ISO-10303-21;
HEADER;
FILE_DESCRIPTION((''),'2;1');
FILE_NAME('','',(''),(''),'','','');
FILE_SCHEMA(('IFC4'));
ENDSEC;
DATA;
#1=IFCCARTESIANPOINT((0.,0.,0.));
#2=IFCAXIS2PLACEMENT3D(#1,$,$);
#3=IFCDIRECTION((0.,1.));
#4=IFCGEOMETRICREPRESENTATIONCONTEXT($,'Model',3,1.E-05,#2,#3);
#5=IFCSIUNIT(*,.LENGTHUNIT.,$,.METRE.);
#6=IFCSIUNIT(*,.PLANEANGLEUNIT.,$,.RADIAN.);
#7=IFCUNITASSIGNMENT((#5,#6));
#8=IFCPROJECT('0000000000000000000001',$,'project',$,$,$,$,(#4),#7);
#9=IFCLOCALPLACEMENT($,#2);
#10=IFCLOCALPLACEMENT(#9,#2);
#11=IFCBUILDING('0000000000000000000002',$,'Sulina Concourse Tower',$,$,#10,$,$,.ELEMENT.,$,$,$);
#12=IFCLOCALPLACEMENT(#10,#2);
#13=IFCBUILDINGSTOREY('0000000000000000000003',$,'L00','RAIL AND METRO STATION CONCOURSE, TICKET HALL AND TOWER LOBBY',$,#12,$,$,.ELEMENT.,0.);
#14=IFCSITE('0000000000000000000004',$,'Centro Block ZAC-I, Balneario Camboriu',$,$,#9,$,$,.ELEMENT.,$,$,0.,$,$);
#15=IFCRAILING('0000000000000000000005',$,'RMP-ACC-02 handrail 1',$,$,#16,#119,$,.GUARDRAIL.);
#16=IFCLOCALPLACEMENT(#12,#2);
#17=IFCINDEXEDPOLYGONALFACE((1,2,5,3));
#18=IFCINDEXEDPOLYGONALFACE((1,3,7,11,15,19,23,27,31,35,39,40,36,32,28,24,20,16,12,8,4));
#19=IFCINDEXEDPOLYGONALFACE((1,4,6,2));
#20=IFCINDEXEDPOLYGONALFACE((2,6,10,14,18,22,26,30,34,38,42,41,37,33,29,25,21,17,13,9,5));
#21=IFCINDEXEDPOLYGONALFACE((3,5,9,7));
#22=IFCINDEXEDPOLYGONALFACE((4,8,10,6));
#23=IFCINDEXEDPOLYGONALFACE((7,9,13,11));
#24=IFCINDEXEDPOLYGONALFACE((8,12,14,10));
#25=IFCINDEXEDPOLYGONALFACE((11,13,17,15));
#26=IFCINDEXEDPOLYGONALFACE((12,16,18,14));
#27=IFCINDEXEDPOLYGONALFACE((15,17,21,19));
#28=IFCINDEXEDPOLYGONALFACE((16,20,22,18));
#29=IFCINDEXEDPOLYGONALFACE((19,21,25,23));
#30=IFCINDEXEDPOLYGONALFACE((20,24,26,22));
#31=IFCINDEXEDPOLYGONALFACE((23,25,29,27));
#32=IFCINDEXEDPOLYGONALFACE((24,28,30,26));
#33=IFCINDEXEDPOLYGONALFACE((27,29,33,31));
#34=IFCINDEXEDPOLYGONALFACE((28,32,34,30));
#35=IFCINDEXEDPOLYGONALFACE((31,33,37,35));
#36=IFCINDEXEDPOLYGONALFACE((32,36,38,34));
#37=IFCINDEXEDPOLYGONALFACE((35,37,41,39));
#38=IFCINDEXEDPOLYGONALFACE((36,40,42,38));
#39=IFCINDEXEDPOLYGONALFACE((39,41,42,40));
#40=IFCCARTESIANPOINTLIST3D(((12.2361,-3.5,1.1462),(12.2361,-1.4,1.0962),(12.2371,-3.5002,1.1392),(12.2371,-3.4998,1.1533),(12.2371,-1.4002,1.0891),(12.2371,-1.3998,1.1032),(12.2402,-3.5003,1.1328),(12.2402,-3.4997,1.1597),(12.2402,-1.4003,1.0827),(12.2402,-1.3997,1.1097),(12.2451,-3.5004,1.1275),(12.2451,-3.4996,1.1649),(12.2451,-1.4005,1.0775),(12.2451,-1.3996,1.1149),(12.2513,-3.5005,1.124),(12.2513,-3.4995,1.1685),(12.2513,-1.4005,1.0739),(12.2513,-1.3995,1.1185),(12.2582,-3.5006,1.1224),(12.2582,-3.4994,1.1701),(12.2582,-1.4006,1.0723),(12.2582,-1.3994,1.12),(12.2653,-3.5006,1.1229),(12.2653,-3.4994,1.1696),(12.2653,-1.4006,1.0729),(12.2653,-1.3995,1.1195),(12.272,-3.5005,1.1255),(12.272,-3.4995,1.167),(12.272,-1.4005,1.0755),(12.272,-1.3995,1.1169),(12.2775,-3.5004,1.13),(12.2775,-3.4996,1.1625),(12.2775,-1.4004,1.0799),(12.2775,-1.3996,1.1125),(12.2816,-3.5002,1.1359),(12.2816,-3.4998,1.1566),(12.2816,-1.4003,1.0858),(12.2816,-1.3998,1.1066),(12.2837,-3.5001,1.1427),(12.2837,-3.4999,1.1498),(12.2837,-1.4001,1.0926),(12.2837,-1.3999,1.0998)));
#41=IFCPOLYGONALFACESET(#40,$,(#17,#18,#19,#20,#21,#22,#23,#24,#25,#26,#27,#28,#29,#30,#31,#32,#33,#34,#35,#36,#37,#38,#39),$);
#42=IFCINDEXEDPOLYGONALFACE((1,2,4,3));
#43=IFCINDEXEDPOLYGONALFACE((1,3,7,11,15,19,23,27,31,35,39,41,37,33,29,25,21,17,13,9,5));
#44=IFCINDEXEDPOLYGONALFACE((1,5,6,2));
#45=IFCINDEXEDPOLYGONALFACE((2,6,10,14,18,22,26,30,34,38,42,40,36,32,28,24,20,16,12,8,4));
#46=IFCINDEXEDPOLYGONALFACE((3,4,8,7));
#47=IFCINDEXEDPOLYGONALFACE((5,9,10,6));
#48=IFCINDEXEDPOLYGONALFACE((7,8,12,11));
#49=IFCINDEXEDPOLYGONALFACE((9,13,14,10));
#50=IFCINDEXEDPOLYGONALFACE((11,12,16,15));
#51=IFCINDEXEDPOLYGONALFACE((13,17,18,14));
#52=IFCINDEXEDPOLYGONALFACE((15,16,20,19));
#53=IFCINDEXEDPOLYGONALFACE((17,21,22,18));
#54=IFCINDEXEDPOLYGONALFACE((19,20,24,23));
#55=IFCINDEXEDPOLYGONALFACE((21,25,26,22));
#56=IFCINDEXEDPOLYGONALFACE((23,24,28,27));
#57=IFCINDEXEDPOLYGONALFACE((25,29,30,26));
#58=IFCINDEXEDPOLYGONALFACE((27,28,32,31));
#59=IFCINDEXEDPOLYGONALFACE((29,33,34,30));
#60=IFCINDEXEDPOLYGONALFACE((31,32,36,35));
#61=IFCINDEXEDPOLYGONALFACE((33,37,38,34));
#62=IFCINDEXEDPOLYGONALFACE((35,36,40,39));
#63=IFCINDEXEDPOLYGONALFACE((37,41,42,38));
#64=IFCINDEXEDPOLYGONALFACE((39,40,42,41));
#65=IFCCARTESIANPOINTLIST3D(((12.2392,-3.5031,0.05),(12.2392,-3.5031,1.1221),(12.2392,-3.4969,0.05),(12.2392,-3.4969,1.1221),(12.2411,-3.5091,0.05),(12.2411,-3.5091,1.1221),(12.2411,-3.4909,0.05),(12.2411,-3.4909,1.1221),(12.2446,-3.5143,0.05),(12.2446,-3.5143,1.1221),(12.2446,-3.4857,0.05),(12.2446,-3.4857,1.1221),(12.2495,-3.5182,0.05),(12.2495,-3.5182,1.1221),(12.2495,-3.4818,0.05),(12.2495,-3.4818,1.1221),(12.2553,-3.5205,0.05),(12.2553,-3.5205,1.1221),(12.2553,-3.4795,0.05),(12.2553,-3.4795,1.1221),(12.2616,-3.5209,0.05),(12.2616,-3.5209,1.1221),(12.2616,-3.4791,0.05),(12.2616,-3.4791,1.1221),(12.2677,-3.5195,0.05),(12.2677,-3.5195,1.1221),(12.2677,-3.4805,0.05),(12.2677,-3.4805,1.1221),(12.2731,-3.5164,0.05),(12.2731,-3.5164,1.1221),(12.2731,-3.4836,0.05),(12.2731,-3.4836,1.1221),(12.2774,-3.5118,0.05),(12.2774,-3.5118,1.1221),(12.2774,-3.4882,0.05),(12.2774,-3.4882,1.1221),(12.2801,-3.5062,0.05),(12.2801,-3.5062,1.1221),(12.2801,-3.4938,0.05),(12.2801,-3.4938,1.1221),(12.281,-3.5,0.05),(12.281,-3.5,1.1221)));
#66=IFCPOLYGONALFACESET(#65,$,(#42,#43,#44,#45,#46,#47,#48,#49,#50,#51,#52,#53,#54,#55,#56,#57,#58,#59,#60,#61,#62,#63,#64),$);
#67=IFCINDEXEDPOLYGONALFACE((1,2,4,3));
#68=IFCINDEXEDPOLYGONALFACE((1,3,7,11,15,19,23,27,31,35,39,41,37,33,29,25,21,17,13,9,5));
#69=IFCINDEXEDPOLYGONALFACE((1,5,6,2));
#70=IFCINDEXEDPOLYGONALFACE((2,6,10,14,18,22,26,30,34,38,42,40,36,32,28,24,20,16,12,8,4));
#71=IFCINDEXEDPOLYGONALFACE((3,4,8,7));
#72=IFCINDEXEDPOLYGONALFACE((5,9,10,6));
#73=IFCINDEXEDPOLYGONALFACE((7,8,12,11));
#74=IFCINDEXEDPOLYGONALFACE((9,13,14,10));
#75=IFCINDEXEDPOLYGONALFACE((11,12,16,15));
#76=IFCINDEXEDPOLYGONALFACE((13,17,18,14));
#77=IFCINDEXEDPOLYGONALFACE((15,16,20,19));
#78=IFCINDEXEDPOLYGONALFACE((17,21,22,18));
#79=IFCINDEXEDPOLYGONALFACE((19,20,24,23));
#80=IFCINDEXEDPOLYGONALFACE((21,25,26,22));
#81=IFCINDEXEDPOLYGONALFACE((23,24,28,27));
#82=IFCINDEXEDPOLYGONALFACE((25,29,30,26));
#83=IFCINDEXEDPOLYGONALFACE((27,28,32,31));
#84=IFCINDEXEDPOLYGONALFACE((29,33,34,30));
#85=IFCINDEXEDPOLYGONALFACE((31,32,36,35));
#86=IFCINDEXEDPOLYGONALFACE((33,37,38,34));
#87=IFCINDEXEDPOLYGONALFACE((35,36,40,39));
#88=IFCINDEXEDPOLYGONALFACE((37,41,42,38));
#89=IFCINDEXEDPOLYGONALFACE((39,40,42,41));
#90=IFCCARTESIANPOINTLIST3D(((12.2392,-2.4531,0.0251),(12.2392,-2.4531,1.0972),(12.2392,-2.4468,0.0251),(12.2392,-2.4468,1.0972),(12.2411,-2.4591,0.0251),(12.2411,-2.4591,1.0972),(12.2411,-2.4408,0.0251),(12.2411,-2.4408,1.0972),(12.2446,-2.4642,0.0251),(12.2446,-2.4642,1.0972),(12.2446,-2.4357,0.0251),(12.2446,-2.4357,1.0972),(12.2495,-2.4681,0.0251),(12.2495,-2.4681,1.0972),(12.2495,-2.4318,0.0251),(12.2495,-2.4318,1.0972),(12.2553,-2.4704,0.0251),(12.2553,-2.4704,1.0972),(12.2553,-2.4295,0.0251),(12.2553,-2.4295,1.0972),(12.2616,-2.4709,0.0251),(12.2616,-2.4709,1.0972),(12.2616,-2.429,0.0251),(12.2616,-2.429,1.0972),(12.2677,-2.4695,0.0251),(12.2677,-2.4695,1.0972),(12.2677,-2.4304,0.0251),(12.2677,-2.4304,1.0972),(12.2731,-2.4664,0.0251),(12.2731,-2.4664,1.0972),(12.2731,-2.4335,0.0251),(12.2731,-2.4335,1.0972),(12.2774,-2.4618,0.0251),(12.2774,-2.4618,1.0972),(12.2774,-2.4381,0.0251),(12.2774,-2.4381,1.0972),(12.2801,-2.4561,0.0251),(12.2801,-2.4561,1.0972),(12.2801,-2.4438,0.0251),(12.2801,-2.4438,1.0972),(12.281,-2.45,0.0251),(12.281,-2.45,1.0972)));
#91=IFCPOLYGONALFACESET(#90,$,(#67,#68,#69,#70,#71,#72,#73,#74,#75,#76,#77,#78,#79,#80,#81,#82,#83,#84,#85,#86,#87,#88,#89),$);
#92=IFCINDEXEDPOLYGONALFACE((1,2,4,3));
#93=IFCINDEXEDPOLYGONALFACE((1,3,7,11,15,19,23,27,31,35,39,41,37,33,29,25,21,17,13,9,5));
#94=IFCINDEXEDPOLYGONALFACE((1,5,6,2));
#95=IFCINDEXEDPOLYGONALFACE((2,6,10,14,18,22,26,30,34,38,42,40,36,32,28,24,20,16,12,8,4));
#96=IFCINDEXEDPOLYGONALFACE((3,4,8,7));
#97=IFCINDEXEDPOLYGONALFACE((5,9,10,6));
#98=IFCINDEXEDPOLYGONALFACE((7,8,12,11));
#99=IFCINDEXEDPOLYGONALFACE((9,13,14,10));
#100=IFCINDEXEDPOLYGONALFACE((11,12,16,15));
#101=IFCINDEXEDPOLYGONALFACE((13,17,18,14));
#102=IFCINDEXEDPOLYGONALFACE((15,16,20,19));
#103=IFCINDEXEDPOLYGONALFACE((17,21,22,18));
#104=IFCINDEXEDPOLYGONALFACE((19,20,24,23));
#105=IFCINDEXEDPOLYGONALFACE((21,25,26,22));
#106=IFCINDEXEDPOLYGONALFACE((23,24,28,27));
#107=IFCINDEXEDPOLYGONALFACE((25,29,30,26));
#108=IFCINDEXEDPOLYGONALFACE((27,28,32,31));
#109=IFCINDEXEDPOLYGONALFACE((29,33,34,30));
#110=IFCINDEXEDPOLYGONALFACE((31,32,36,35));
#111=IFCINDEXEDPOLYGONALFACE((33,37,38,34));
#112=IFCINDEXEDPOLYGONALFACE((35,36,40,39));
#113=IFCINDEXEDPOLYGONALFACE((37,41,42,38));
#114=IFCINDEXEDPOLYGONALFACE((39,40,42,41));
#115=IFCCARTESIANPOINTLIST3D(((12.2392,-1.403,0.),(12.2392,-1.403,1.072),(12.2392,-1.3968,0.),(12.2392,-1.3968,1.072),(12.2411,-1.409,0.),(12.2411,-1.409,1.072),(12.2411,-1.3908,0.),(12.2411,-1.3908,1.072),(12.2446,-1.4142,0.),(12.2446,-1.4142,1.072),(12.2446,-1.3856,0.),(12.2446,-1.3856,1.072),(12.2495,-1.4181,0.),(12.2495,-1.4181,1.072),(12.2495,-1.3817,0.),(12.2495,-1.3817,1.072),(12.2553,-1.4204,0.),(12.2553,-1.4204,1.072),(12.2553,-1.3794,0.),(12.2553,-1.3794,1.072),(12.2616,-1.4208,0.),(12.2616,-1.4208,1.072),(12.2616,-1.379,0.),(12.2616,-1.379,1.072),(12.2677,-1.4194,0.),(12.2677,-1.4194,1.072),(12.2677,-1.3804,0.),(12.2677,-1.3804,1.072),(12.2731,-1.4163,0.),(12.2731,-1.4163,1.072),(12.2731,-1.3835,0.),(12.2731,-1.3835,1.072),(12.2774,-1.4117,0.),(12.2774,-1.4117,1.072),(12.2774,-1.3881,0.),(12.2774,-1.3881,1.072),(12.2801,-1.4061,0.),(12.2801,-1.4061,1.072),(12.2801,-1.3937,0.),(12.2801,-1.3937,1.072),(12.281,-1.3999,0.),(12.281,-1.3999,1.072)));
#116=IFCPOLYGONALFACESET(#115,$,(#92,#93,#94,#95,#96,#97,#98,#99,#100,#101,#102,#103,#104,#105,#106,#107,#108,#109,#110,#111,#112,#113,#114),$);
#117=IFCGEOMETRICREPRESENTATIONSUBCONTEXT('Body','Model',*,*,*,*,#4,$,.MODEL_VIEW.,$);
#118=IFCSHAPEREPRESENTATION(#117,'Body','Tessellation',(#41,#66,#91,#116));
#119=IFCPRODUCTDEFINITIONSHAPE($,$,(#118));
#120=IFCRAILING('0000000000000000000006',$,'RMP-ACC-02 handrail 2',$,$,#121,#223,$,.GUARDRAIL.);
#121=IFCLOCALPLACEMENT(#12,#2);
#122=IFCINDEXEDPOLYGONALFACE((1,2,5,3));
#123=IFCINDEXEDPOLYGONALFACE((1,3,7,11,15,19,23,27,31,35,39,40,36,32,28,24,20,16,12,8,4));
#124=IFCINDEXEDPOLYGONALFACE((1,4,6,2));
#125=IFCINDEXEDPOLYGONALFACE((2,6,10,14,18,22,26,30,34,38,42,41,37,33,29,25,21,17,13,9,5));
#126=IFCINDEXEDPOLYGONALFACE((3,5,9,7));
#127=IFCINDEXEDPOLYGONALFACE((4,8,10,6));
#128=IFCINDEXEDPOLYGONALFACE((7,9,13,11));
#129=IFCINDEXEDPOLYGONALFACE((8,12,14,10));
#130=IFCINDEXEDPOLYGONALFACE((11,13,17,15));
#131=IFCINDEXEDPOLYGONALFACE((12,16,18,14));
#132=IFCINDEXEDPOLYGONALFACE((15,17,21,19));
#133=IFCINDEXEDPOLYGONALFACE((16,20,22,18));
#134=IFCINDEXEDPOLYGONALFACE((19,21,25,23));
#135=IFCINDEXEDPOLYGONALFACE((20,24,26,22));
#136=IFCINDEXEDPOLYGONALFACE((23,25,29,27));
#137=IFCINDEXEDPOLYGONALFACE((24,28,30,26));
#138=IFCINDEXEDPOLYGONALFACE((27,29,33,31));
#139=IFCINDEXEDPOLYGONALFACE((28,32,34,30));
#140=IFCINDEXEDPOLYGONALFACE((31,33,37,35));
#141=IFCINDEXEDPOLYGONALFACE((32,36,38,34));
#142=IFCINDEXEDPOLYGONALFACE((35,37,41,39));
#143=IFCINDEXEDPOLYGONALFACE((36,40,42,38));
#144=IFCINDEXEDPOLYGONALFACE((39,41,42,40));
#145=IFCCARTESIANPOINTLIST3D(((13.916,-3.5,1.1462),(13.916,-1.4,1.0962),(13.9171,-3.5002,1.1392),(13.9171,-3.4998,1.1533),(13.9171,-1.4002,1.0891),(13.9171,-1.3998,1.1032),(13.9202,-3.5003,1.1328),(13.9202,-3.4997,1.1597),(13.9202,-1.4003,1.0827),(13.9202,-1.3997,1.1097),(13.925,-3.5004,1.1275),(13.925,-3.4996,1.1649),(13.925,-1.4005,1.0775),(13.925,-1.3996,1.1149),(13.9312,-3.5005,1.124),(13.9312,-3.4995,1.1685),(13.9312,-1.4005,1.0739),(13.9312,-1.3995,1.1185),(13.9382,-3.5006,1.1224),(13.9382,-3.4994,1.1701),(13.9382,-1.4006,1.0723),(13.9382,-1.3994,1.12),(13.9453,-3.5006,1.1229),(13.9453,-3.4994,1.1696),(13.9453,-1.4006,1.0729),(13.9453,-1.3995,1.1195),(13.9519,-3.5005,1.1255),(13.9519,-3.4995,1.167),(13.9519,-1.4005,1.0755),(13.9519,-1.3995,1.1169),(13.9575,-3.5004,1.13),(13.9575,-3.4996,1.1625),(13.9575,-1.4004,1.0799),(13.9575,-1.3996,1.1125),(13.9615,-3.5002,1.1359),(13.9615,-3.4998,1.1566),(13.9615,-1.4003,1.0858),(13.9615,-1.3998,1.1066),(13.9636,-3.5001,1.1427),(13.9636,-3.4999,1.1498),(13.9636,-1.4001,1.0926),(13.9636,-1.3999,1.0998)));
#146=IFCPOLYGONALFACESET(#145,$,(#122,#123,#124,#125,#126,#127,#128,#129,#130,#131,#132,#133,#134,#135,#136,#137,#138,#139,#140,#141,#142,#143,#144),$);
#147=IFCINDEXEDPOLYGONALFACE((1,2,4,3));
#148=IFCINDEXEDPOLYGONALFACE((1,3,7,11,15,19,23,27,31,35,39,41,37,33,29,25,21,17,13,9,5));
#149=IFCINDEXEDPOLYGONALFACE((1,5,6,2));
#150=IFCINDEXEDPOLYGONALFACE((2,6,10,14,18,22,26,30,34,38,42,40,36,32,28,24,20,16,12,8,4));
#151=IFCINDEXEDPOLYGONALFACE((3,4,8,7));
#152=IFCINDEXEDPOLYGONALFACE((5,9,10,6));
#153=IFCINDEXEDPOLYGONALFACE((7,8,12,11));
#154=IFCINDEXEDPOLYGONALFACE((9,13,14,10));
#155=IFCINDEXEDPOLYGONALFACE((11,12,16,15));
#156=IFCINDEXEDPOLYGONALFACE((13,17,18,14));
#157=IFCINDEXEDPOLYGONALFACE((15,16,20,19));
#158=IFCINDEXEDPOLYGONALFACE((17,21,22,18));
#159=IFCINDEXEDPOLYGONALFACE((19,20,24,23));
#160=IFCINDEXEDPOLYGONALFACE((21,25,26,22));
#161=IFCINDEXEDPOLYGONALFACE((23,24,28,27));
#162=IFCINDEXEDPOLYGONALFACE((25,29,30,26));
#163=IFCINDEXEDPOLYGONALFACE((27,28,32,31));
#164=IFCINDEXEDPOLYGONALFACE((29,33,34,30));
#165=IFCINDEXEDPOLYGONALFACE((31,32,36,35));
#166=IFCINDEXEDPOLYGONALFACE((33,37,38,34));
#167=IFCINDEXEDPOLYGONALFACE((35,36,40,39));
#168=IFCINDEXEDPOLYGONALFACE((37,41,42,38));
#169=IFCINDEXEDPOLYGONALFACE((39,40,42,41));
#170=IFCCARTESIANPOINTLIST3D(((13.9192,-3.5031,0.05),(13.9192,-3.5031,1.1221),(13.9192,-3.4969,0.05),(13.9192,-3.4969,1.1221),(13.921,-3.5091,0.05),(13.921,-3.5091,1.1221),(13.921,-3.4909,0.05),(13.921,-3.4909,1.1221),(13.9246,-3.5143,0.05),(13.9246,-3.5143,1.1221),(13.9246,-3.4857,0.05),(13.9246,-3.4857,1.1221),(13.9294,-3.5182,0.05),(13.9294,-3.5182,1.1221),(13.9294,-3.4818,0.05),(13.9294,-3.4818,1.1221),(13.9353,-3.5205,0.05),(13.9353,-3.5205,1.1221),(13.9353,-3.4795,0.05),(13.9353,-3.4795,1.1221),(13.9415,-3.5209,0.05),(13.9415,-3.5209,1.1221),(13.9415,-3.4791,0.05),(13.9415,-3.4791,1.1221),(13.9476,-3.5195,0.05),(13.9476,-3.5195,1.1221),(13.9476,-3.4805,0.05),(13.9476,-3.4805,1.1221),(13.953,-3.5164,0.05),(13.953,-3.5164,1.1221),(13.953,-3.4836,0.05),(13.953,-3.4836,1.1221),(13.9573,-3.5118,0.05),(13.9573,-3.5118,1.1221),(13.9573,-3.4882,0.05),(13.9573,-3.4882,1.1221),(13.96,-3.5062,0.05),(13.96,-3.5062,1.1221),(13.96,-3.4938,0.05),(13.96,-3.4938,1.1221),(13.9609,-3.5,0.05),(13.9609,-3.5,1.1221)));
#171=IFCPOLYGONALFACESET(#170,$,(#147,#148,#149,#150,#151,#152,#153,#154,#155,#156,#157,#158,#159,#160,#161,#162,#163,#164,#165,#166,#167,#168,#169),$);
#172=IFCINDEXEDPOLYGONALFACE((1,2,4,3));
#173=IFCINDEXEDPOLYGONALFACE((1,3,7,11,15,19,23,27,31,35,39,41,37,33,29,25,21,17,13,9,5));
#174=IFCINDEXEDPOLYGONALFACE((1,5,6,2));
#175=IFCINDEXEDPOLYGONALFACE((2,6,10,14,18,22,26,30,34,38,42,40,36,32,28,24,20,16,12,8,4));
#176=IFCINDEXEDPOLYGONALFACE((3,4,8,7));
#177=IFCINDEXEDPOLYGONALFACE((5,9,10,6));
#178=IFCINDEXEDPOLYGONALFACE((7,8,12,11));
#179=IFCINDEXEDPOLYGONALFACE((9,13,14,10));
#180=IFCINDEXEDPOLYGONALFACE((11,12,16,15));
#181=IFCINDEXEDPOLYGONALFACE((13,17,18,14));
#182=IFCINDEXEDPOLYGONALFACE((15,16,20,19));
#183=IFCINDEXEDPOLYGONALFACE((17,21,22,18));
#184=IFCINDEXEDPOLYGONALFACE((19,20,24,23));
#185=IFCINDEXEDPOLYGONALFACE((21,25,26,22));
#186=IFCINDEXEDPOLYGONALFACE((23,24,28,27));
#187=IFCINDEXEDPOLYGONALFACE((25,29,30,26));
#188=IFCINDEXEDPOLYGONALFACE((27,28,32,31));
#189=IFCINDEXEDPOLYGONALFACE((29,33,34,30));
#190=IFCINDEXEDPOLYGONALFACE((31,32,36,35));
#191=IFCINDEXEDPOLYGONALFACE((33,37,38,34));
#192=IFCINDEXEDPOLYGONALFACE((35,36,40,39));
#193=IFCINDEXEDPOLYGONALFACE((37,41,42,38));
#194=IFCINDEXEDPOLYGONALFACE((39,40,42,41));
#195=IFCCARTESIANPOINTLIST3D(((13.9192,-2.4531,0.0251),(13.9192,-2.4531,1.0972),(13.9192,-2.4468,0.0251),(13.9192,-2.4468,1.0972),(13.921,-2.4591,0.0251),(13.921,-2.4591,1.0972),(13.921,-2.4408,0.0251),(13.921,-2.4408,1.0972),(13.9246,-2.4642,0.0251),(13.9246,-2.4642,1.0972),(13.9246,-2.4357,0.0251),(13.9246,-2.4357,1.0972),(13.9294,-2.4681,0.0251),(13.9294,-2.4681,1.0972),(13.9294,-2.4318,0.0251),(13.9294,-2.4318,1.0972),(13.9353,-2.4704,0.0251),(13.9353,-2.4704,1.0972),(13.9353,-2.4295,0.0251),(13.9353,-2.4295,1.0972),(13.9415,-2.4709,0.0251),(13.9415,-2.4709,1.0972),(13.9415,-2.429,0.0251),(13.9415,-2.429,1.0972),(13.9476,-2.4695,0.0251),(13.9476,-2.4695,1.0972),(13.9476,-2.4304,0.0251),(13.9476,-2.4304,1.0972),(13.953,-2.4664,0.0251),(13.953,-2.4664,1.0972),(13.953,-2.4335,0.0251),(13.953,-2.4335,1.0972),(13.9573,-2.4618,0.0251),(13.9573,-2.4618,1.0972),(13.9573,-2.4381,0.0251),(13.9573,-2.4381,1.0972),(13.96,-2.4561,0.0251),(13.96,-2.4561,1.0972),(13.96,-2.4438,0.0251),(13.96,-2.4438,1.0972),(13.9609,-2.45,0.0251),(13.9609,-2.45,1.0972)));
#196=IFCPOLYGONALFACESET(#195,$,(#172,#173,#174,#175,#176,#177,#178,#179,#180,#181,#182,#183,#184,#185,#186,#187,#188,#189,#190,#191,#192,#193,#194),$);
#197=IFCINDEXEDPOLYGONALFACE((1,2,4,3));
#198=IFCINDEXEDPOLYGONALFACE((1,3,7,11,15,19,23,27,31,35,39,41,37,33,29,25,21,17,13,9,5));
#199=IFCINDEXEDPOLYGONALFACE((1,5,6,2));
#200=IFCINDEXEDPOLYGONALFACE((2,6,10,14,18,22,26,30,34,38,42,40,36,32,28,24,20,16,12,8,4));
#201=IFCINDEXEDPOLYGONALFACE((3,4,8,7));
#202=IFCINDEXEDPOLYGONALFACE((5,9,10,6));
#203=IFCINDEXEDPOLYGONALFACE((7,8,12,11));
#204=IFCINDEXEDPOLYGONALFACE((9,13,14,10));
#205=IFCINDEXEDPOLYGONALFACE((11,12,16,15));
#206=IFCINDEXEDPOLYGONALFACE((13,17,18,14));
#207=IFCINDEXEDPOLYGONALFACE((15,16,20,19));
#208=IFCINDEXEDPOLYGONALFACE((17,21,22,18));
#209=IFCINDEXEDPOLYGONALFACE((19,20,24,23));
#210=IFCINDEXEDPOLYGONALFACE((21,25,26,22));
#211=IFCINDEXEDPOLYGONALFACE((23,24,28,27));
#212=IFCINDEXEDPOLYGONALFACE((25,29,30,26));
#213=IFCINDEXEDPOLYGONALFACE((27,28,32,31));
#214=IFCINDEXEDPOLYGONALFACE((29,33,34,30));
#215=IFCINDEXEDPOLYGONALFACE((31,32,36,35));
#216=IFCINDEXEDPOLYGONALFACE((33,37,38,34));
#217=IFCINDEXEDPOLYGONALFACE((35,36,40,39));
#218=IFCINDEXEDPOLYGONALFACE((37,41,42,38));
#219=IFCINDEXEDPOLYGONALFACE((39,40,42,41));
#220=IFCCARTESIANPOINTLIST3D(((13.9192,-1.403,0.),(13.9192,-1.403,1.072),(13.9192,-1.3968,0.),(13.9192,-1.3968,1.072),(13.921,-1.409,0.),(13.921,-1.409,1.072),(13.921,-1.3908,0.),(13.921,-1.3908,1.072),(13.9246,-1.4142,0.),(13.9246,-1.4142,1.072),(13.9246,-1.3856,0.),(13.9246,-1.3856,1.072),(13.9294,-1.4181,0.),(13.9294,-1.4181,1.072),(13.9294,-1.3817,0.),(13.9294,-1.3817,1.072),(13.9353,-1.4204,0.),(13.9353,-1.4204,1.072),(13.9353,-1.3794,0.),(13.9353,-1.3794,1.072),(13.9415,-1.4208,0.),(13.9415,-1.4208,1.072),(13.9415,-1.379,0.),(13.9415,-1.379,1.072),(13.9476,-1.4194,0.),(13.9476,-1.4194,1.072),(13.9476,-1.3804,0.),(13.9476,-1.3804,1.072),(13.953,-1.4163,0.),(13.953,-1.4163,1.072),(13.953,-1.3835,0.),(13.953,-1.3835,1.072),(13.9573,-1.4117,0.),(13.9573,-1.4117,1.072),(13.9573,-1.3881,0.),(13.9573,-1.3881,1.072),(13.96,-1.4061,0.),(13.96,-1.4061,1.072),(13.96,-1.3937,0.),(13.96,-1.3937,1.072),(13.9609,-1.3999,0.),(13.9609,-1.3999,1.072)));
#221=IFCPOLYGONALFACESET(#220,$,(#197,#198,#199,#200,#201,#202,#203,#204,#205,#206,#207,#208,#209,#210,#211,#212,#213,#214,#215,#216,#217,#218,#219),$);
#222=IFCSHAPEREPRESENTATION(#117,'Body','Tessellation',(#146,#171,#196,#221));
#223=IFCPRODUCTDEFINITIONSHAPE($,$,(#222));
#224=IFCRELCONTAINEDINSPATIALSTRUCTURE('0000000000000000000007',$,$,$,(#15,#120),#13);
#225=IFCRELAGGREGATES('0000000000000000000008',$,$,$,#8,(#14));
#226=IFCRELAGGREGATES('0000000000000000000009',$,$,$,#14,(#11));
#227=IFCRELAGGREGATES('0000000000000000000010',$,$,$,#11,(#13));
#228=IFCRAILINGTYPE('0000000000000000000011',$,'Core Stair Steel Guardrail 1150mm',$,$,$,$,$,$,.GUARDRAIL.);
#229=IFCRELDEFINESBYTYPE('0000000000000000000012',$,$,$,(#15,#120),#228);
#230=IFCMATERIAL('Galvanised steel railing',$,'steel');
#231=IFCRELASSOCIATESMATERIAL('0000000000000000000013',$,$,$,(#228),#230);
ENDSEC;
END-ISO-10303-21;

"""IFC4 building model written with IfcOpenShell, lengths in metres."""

from ifc_helpers import new_model, si_unit, direction, frame, origin, origin_2d, place, context, subcontext, project, spatial, circle, extrude, material, type_object, element, save


model = new_model("IFC4")

# Units and contexts
model_context = context("Model", 3, precision=1e-05, world=origin(), true_north=direction((0.0, 1.0)))
body_context = subcontext(model_context, "Body", "Model", "MODEL_VIEW")
ifc_project = project(units=[si_unit("LENGTHUNIT", "METRE"), si_unit("PLANEANGLEUNIT", "RADIAN")], contexts=[model_context])

# Site, building, storey
site_placement = place(None, origin())
site = spatial("IfcSite", under=ifc_project, at=site_placement, Name="Centro Block ZAC-I, Balneario Camboriu", CompositionType="ELEMENT", RefElevation=0.0)
building_placement = place(site_placement, origin())
building = spatial("IfcBuilding", under=site, at=building_placement, Name="Sulina Concourse Tower", CompositionType="ELEMENT")
storey_placement = place(building_placement, origin())
storey = spatial("IfcBuildingStorey", under=building, at=storey_placement, Name="L00", Description="RAIL AND METRO STATION CONCOURSE, TICKET HALL AND TOWER LOBBY", CompositionType="ELEMENT", Elevation=0.0)

# Railings
ifc_material_1 = material(Name="Galvanised steel railing", Category="steel")
railing_type = type_object("IfcRailingType", Name="Core Stair Steel Guardrail 1150mm", PredefinedType="GUARDRAIL", material=ifc_material_1)
for number, where, name in (
    (1, (12.26, -3.5, 0.05), "RMP-ACC-02 handrail 1"),
    (2, (13.9399, -3.5, 0.05), "RMP-ACC-02 handrail 2"),
):
    element("IfcRailing", number, at=place(storey_placement, frame(where)), inside=storey, type_object=railing_type, Name=name, PredefinedType="GUARDRAIL", context=body_context, shape_type="SweptSolid", body=[
        extrude(circle(Radius=0.0239, at=origin_2d()), frame((0.0, 0.0, 1.0962), z_axis=(0.0, 0.999716, -0.023825), x_axis=(-1.0, 0.0, 0.0)), (0.0, 0.0, 1.0), 2.1006),
        extrude(circle(Radius=0.021, at=origin_2d()), origin(), (0.0, 0.0, 1.0), 1.072),
        extrude(circle(Radius=0.021, at=origin_2d()), frame((0.0, 1.05, -0.0249)), (0.0, 0.0, 1.0), 1.072),
        extrude(circle(Radius=0.021, at=origin_2d()), frame((0.0, 2.1001, -0.05)), (0.0, 0.0, 1.0), 1.072),
    ])

save(model, "model.ifc")
